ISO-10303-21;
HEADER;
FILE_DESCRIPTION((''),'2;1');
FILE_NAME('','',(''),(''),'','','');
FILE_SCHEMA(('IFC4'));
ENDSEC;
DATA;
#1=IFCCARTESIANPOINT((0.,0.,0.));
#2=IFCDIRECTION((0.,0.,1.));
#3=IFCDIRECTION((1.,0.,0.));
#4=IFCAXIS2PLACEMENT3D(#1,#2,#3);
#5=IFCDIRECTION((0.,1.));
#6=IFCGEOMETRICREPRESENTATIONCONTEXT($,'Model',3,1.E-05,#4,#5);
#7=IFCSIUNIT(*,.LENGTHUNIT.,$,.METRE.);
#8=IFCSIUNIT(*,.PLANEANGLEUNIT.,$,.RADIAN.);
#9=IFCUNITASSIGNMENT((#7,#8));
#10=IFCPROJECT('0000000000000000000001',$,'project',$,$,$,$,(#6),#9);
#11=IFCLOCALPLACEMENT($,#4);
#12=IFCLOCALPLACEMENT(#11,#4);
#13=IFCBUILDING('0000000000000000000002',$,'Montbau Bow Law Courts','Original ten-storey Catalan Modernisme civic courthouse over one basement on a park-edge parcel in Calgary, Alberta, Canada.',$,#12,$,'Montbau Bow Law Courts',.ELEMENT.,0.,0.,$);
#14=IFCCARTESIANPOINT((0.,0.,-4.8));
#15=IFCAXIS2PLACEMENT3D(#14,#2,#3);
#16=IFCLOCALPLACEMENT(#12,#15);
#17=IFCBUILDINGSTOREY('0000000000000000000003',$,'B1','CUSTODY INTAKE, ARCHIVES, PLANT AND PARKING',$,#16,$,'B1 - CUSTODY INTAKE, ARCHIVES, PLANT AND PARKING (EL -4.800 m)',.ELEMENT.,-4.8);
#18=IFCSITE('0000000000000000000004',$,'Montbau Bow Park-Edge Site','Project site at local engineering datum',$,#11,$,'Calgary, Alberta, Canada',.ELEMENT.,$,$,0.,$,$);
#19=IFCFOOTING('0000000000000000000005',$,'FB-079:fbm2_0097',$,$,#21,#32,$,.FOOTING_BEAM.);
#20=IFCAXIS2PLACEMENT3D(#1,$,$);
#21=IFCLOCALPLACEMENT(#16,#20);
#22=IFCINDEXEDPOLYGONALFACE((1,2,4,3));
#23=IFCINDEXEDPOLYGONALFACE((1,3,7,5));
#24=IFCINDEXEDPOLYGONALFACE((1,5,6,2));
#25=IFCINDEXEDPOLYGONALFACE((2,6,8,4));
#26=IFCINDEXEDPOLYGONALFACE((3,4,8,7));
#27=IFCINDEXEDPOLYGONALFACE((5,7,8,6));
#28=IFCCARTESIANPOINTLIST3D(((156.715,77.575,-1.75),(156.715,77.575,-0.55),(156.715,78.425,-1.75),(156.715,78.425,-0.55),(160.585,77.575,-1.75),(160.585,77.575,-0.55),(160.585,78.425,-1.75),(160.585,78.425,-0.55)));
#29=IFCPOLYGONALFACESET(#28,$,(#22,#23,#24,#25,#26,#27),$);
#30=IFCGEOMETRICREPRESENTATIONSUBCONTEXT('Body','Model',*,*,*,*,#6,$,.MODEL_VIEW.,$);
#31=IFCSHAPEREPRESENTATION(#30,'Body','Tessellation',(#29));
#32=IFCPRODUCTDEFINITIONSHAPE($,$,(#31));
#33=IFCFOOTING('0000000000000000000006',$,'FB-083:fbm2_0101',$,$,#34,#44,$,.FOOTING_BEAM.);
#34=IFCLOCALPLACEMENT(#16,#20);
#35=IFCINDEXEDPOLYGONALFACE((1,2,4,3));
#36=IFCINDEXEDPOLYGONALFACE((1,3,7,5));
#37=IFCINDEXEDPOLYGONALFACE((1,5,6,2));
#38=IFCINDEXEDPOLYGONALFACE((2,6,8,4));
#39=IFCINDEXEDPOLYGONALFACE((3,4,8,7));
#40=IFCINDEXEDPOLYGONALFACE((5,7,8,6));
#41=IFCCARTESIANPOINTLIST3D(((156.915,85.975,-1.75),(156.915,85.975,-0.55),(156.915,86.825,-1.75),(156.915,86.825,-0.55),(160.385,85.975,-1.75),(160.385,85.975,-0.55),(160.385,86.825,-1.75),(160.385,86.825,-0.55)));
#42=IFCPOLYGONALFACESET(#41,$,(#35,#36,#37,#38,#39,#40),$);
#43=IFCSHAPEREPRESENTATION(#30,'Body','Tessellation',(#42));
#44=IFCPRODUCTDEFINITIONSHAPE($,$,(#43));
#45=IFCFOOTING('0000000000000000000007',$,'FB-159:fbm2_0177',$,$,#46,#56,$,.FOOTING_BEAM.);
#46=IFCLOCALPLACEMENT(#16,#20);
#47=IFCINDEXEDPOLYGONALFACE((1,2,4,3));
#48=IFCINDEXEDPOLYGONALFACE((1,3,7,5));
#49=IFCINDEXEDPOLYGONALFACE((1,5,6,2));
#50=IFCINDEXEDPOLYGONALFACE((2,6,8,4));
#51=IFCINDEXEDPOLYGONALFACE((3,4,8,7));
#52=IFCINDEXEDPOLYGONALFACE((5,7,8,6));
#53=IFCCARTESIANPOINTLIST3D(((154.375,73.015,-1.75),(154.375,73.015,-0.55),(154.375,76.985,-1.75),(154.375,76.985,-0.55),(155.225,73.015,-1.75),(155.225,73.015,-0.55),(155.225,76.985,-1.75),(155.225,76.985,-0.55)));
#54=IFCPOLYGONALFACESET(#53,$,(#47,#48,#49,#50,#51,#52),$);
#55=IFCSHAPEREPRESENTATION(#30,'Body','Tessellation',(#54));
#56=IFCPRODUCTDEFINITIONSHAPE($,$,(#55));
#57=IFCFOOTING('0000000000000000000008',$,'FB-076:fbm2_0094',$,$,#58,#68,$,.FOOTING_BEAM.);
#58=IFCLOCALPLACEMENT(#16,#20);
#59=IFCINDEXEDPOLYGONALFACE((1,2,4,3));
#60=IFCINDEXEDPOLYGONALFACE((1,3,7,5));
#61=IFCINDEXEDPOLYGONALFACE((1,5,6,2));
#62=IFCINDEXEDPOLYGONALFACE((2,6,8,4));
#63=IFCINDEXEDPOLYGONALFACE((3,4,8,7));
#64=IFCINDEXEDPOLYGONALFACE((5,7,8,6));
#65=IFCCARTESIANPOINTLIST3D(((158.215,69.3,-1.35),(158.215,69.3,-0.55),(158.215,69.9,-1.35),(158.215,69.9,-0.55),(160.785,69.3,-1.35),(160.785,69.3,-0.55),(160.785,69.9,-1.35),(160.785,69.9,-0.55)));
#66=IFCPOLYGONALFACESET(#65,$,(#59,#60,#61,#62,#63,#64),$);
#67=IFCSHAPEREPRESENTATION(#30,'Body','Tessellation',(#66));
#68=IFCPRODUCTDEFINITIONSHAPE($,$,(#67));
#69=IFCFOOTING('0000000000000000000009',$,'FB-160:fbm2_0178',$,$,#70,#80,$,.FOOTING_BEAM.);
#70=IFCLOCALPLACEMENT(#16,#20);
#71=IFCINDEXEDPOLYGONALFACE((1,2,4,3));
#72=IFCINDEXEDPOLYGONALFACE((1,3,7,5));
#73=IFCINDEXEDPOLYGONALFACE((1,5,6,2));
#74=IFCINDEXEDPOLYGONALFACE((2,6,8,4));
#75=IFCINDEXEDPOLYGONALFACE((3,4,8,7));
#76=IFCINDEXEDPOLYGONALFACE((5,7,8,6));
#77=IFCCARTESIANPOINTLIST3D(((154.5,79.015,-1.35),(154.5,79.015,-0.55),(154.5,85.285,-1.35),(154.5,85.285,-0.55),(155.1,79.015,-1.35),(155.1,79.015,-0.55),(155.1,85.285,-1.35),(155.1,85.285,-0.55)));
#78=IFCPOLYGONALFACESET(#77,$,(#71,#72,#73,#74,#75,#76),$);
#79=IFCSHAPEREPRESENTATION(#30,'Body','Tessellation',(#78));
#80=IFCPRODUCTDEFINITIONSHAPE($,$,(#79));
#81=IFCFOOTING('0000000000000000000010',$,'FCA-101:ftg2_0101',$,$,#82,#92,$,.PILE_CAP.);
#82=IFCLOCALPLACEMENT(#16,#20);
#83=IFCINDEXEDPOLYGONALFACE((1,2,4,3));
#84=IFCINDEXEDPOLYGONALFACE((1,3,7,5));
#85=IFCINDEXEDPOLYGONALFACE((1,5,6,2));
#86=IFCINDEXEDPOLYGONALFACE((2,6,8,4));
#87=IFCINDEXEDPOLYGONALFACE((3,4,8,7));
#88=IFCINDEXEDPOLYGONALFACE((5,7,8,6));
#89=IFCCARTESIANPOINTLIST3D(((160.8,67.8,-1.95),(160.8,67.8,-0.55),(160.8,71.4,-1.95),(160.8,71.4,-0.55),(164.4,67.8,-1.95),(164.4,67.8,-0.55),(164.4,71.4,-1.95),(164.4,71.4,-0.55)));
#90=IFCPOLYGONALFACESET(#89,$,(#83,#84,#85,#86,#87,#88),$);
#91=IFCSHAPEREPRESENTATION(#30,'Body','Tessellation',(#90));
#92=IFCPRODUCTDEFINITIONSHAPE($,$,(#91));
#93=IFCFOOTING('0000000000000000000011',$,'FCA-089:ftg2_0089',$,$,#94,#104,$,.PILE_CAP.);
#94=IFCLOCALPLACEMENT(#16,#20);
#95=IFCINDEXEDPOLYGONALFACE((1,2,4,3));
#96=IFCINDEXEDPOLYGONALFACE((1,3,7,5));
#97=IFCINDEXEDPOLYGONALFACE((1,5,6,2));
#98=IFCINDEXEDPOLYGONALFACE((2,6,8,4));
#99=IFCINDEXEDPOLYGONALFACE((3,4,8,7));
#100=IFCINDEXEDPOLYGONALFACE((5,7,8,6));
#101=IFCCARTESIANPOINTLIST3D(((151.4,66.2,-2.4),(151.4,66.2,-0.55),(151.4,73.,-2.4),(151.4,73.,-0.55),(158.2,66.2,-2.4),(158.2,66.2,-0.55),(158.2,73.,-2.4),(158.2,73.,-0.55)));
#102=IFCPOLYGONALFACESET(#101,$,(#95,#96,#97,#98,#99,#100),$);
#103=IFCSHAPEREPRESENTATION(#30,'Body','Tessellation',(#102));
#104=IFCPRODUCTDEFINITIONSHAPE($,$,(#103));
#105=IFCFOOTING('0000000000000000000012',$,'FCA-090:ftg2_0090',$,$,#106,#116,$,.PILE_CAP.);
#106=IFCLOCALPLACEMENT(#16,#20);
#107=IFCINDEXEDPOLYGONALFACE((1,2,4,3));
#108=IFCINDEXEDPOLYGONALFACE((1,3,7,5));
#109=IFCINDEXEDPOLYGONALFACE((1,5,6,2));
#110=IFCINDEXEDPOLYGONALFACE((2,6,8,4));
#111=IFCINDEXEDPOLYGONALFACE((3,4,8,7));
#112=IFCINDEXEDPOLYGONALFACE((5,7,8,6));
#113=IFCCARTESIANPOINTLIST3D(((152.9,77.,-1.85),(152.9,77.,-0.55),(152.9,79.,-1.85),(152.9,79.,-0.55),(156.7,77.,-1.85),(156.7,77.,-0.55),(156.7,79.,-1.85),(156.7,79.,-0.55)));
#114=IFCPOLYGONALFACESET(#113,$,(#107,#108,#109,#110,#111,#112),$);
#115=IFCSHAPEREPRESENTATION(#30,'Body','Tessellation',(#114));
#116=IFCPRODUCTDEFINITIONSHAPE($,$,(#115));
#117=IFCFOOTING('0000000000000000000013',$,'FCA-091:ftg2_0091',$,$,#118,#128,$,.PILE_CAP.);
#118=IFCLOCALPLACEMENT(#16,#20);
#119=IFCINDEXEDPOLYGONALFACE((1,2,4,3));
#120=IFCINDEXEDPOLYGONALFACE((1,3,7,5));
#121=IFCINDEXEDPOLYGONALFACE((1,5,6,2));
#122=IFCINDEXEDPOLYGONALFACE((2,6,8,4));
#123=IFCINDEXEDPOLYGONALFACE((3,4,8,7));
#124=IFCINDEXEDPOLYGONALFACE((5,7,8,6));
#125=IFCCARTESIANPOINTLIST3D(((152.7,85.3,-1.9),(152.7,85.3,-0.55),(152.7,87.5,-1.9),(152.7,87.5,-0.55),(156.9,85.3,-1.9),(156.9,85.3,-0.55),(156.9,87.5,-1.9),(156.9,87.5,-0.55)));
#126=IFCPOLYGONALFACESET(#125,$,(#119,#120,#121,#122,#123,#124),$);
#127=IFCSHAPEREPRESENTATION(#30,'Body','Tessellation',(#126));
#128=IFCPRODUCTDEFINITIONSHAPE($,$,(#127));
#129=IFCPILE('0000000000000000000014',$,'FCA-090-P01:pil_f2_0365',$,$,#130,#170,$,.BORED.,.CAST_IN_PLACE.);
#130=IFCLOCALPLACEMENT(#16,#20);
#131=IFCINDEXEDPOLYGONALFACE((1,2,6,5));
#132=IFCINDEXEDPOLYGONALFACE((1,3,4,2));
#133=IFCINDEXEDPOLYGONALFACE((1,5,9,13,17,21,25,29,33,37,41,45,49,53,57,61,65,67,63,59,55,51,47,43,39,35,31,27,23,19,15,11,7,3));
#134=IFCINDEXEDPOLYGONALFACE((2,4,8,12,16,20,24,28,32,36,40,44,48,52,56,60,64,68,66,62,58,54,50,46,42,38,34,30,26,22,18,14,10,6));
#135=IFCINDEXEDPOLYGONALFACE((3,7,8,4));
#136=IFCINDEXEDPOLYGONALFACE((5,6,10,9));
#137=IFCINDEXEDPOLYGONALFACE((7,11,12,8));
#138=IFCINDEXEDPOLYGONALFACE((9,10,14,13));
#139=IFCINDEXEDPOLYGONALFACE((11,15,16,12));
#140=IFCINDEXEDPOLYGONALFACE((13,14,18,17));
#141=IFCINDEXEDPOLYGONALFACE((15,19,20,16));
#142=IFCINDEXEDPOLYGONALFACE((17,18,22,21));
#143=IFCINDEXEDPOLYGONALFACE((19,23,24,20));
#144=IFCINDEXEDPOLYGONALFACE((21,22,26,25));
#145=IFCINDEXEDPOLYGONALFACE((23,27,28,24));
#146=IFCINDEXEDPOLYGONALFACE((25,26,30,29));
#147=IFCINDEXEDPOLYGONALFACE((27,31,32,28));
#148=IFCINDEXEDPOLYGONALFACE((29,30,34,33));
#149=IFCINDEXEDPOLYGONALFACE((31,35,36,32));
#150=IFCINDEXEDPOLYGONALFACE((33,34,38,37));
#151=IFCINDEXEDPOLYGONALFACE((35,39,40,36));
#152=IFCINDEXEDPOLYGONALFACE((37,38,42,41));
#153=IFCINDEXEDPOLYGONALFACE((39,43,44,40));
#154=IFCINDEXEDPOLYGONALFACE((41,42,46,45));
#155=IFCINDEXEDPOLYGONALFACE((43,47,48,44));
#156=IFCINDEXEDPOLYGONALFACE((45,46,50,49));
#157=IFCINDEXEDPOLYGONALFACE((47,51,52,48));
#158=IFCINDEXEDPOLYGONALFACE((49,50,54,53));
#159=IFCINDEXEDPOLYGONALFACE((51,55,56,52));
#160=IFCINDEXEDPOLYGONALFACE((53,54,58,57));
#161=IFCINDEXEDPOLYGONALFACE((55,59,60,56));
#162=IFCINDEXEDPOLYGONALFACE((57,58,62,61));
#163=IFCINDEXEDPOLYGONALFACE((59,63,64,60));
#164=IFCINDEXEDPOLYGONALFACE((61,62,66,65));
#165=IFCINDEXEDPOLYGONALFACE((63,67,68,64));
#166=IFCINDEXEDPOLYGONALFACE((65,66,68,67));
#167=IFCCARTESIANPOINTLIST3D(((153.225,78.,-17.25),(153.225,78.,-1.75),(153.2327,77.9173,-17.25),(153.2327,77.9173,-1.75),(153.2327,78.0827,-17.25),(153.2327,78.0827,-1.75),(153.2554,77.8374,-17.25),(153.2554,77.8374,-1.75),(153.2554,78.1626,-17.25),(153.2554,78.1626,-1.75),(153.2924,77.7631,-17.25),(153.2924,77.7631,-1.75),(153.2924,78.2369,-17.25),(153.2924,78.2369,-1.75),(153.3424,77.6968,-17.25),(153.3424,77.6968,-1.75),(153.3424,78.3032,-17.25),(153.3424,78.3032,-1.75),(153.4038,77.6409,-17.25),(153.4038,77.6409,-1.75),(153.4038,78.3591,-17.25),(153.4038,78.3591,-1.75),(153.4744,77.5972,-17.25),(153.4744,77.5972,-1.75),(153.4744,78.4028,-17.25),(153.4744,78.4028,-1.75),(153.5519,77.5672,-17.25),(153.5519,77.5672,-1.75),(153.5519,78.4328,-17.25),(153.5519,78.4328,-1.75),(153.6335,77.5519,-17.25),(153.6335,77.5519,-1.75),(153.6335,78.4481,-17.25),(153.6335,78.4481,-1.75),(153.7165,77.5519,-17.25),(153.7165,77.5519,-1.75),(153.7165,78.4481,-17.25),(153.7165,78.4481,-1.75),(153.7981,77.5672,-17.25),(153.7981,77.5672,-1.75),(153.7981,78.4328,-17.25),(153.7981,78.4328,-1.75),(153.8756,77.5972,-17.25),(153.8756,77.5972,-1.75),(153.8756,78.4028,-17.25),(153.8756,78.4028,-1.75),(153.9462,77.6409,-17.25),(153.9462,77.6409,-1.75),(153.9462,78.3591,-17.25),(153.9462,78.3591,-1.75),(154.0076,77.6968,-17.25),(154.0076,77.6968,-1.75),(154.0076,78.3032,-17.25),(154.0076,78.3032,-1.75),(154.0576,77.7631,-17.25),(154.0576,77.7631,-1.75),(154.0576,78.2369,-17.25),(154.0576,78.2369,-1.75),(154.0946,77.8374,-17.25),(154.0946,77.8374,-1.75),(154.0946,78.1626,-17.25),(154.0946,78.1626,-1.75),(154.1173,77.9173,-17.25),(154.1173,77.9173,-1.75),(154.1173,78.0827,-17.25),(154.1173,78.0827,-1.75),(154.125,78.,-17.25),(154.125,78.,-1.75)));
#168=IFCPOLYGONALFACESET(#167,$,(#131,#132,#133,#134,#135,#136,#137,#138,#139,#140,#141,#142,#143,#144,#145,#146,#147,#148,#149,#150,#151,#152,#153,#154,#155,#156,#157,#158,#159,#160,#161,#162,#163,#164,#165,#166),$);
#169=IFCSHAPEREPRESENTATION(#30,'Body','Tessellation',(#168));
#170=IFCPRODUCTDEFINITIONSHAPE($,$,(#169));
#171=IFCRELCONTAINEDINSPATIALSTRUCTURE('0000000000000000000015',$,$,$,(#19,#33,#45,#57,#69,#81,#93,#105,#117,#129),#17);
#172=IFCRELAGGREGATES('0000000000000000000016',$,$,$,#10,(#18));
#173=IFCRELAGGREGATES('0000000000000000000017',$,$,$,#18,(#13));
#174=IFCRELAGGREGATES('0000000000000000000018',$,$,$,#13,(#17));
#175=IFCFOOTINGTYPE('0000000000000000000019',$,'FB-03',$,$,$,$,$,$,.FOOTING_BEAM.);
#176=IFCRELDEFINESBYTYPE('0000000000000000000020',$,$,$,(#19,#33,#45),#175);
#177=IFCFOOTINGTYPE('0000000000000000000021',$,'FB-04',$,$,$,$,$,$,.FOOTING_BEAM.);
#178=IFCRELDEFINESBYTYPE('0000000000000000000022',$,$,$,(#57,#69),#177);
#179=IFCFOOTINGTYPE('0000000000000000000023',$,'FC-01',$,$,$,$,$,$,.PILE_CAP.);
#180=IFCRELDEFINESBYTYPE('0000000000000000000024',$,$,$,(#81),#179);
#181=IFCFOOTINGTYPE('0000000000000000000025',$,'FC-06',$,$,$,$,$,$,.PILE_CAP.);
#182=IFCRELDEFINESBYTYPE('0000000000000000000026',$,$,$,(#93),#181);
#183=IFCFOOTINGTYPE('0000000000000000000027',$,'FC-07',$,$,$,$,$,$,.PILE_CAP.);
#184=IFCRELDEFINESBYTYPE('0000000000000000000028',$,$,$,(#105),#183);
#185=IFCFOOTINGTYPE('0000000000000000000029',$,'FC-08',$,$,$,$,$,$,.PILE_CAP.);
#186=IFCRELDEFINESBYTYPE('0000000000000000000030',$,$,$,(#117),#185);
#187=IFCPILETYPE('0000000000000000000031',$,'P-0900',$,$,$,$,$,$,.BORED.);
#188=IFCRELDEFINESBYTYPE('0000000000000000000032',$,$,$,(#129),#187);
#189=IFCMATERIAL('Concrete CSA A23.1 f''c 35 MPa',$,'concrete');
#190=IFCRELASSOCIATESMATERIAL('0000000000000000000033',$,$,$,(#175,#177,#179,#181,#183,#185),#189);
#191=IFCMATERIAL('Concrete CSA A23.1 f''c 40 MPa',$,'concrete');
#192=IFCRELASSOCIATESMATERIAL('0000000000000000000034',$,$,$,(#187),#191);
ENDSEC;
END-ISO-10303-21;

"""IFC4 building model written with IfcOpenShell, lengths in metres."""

from ifc_helpers import new_model, si_unit, direction, frame, origin_with_axes, origin_2d_with_axis, place, context, subcontext, project, spatial, rectangle, circle, extrude, material, material_profile, profile_set, type_object, element, save


model = new_model("IFC4")

# Units and contexts
model_context = context("Model", 3, precision=1e-05, world=origin_with_axes(), true_north=direction((0.0, 1.0)))
body_context = subcontext(model_context, "Body", "Model", "MODEL_VIEW")
ifc_project = project(units=[si_unit("LENGTHUNIT", "METRE"), si_unit("PLANEANGLEUNIT", "RADIAN")], contexts=[model_context])

# Site, building, storey
site_placement = place(None, origin_with_axes())
site = spatial("IfcSite", under=ifc_project, at=site_placement, Name="Montbau Bow Park-Edge Site", Description="Project site at local engineering datum", LongName="Calgary, Alberta, Canada", CompositionType="ELEMENT", RefElevation=0.0)
building_placement = place(site_placement, origin_with_axes())
building = spatial("IfcBuilding", under=site, at=building_placement, Name="Montbau Bow Law Courts", Description="Original ten-storey Catalan Modernisme civic courthouse over one basement on a park-edge parcel in Calgary, Alberta, Canada.", LongName="Montbau Bow Law Courts", CompositionType="ELEMENT", ElevationOfRefHeight=0.0, ElevationOfTerrain=0.0)
storey_placement = place(building_placement, frame((0.0, 0.0, -4.8), z_axis=(0.0, 0.0, 1.0), x_axis=(1.0, 0.0, 0.0)))
storey = spatial("IfcBuildingStorey", under=building, at=storey_placement, Name="B1", Description="CUSTODY INTAKE, ARCHIVES, PLANT AND PARKING", LongName="B1 - CUSTODY INTAKE, ARCHIVES, PLANT AND PARKING (EL -4.800 m)", CompositionType="ELEMENT", Elevation=-4.8)

# Footings
ifc_material_1 = material(Name="Concrete CSA A23.1 f'c 35 MPa", Category="concrete")
footing_type_1 = type_object("IfcFootingType", Name="FB-03", PredefinedType="FOOTING_BEAM", material=ifc_material_1)
footing_1_placement = place(None, frame((158.65, 78.0, -6.55), z_axis=(0.0, 0.0, 1.0), x_axis=(1.0, 0.0, 0.0)))
element("IfcFooting", 1, at=footing_1_placement, inside=storey, type_object=footing_type_1, Name="FB-079:fbm2_0097", PredefinedType="FOOTING_BEAM", context=body_context, shape_type="SweptSolid", body=[
    extrude(rectangle(XDim=3.87, YDim=0.85, at=origin_2d_with_axis()), origin_with_axes(), (0.0, 0.0, 1.0), 1.2),
])
footing_2_placement = place(None, frame((158.65, 86.4, -6.55), z_axis=(0.0, 0.0, 1.0), x_axis=(1.0, 0.0, 0.0)))
element("IfcFooting", 2, at=footing_2_placement, inside=storey, type_object=footing_type_1, Name="FB-083:fbm2_0101", PredefinedType="FOOTING_BEAM", context=body_context, shape_type="SweptSolid", body=[
    extrude(rectangle(XDim=3.47, YDim=0.85, at=origin_2d_with_axis()), origin_with_axes(), (0.0, 0.0, 1.0), 1.2),
])
footing_3_placement = place(None, frame((154.8, 75.0, -6.55), z_axis=(0.0, 0.0, 1.0), x_axis=(0.0, 1.0, 0.0)))
element("IfcFooting", 3, at=footing_3_placement, inside=storey, type_object=footing_type_1, Name="FB-159:fbm2_0177", PredefinedType="FOOTING_BEAM", context=body_context, shape_type="SweptSolid", body=[
    extrude(rectangle(XDim=3.97, YDim=0.85, at=origin_2d_with_axis()), origin_with_axes(), (0.0, 0.0, 1.0), 1.2),
])
footing_type_2 = type_object("IfcFootingType", Name="FB-04", PredefinedType="FOOTING_BEAM", material=ifc_material_1)
footing_4_placement = place(None, frame((159.5, 69.6, -6.15), z_axis=(0.0, 0.0, 1.0), x_axis=(1.0, 0.0, 0.0)))
element("IfcFooting", 4, at=footing_4_placement, inside=storey, type_object=footing_type_2, Name="FB-076:fbm2_0094", PredefinedType="FOOTING_BEAM", context=body_context, shape_type="SweptSolid", body=[
    extrude(rectangle(XDim=2.57, YDim=0.6, at=origin_2d_with_axis()), origin_with_axes(), (0.0, 0.0, 1.0), 0.8),
])
footing_5_placement = place(None, frame((154.8, 82.15, -6.15), z_axis=(0.0, 0.0, 1.0), x_axis=(0.0, 1.0, 0.0)))
element("IfcFooting", 5, at=footing_5_placement, inside=storey, type_object=footing_type_2, Name="FB-160:fbm2_0178", PredefinedType="FOOTING_BEAM", context=body_context, shape_type="SweptSolid", body=[
    extrude(rectangle(XDim=6.27, YDim=0.6, at=origin_2d_with_axis()), origin_with_axes(), (0.0, 0.0, 1.0), 0.8),
])
footing_type_3 = type_object("IfcFootingType", Name="FC-01", PredefinedType="PILE_CAP", material=ifc_material_1)
footing_6_placement = place(None, frame((162.6, 69.6, -6.75), z_axis=(0.0, 0.0, 1.0), x_axis=(1.0, 0.0, 0.0)))
element("IfcFooting", 6, at=footing_6_placement, inside=storey, type_object=footing_type_3, Name="FCA-101:ftg2_0101", PredefinedType="PILE_CAP", context=body_context, shape_type="SweptSolid", body=[
    extrude(rectangle(XDim=3.6, YDim=3.6, at=origin_2d_with_axis()), origin_with_axes(), (0.0, 0.0, 1.0), 1.4),
])
footing_type_4 = type_object("IfcFootingType", Name="FC-06", PredefinedType="PILE_CAP", material=ifc_material_1)
footing_7_placement = place(None, frame((154.8, 69.6, -7.2), z_axis=(0.0, 0.0, 1.0), x_axis=(1.0, 0.0, 0.0)))
element("IfcFooting", 7, at=footing_7_placement, inside=storey, type_object=footing_type_4, Name="FCA-089:ftg2_0089", PredefinedType="PILE_CAP", context=body_context, shape_type="SweptSolid", body=[
    extrude(rectangle(XDim=6.8, YDim=6.8, at=origin_2d_with_axis()), origin_with_axes(), (0.0, 0.0, 1.0), 1.85),
])
footing_type_5 = type_object("IfcFootingType", Name="FC-07", PredefinedType="PILE_CAP", material=ifc_material_1)
footing_8_placement = place(None, frame((154.8, 78.0, -6.65), z_axis=(0.0, 0.0, 1.0), x_axis=(1.0, 0.0, 0.0)))
element("IfcFooting", 8, at=footing_8_placement, inside=storey, type_object=footing_type_5, Name="FCA-090:ftg2_0090", PredefinedType="PILE_CAP", context=body_context, shape_type="SweptSolid", body=[
    extrude(rectangle(XDim=3.8, YDim=2.0, at=origin_2d_with_axis()), origin_with_axes(), (0.0, 0.0, 1.0), 1.3),
])
footing_type_6 = type_object("IfcFootingType", Name="FC-08", PredefinedType="PILE_CAP", material=ifc_material_1)
footing_9_placement = place(None, frame((154.8, 86.4, -6.7), z_axis=(0.0, 0.0, 1.0), x_axis=(1.0, 0.0, 0.0)))
element("IfcFooting", 9, at=footing_9_placement, inside=storey, type_object=footing_type_6, Name="FCA-091:ftg2_0091", PredefinedType="PILE_CAP", context=body_context, shape_type="SweptSolid", body=[
    extrude(rectangle(XDim=4.2, YDim=2.2, at=origin_2d_with_axis()), origin_with_axes(), (0.0, 0.0, 1.0), 1.35),
])

# Pile
ifc_material_2 = material(Name="Concrete CSA A23.1 f'c 40 MPa", Category="concrete")
ifc_material_profile_1 = material_profile(ifc_material_2, circle(Radius=0.45, at=origin_2d_with_axis()), Name="BP900", Category="Main", Priority=0)
ifc_profile_set_1 = profile_set([ifc_material_profile_1], Name="Concrete CSA A23.1 f'c 40 MPa")
pile_type_1 = type_object("IfcPileType", Name="P-0900", PredefinedType="BORED", material=ifc_profile_set_1)
for number, where, z_axis, x_axis, name in (
    (10, (153.675, 78.0, -22.05), (0.0, 0.0, 1.0), (1.0, 0.0, 0.0), "FCA-090-P01:pil_f2_0365"),
):
    element("IfcPile", number, at=place(None, frame(where, z_axis=z_axis, x_axis=x_axis)), inside=storey, type_object=pile_type_1, Name=name, ConstructionType="CAST_IN_PLACE", PredefinedType="BORED", context=body_context, shape_type="SweptSolid", body=[
        extrude(circle(Radius=0.45, at=origin_2d_with_axis()), origin_with_axes(), (0.0, 0.0, 1.0), 15.5),
    ])

save(model, "model.ifc")
